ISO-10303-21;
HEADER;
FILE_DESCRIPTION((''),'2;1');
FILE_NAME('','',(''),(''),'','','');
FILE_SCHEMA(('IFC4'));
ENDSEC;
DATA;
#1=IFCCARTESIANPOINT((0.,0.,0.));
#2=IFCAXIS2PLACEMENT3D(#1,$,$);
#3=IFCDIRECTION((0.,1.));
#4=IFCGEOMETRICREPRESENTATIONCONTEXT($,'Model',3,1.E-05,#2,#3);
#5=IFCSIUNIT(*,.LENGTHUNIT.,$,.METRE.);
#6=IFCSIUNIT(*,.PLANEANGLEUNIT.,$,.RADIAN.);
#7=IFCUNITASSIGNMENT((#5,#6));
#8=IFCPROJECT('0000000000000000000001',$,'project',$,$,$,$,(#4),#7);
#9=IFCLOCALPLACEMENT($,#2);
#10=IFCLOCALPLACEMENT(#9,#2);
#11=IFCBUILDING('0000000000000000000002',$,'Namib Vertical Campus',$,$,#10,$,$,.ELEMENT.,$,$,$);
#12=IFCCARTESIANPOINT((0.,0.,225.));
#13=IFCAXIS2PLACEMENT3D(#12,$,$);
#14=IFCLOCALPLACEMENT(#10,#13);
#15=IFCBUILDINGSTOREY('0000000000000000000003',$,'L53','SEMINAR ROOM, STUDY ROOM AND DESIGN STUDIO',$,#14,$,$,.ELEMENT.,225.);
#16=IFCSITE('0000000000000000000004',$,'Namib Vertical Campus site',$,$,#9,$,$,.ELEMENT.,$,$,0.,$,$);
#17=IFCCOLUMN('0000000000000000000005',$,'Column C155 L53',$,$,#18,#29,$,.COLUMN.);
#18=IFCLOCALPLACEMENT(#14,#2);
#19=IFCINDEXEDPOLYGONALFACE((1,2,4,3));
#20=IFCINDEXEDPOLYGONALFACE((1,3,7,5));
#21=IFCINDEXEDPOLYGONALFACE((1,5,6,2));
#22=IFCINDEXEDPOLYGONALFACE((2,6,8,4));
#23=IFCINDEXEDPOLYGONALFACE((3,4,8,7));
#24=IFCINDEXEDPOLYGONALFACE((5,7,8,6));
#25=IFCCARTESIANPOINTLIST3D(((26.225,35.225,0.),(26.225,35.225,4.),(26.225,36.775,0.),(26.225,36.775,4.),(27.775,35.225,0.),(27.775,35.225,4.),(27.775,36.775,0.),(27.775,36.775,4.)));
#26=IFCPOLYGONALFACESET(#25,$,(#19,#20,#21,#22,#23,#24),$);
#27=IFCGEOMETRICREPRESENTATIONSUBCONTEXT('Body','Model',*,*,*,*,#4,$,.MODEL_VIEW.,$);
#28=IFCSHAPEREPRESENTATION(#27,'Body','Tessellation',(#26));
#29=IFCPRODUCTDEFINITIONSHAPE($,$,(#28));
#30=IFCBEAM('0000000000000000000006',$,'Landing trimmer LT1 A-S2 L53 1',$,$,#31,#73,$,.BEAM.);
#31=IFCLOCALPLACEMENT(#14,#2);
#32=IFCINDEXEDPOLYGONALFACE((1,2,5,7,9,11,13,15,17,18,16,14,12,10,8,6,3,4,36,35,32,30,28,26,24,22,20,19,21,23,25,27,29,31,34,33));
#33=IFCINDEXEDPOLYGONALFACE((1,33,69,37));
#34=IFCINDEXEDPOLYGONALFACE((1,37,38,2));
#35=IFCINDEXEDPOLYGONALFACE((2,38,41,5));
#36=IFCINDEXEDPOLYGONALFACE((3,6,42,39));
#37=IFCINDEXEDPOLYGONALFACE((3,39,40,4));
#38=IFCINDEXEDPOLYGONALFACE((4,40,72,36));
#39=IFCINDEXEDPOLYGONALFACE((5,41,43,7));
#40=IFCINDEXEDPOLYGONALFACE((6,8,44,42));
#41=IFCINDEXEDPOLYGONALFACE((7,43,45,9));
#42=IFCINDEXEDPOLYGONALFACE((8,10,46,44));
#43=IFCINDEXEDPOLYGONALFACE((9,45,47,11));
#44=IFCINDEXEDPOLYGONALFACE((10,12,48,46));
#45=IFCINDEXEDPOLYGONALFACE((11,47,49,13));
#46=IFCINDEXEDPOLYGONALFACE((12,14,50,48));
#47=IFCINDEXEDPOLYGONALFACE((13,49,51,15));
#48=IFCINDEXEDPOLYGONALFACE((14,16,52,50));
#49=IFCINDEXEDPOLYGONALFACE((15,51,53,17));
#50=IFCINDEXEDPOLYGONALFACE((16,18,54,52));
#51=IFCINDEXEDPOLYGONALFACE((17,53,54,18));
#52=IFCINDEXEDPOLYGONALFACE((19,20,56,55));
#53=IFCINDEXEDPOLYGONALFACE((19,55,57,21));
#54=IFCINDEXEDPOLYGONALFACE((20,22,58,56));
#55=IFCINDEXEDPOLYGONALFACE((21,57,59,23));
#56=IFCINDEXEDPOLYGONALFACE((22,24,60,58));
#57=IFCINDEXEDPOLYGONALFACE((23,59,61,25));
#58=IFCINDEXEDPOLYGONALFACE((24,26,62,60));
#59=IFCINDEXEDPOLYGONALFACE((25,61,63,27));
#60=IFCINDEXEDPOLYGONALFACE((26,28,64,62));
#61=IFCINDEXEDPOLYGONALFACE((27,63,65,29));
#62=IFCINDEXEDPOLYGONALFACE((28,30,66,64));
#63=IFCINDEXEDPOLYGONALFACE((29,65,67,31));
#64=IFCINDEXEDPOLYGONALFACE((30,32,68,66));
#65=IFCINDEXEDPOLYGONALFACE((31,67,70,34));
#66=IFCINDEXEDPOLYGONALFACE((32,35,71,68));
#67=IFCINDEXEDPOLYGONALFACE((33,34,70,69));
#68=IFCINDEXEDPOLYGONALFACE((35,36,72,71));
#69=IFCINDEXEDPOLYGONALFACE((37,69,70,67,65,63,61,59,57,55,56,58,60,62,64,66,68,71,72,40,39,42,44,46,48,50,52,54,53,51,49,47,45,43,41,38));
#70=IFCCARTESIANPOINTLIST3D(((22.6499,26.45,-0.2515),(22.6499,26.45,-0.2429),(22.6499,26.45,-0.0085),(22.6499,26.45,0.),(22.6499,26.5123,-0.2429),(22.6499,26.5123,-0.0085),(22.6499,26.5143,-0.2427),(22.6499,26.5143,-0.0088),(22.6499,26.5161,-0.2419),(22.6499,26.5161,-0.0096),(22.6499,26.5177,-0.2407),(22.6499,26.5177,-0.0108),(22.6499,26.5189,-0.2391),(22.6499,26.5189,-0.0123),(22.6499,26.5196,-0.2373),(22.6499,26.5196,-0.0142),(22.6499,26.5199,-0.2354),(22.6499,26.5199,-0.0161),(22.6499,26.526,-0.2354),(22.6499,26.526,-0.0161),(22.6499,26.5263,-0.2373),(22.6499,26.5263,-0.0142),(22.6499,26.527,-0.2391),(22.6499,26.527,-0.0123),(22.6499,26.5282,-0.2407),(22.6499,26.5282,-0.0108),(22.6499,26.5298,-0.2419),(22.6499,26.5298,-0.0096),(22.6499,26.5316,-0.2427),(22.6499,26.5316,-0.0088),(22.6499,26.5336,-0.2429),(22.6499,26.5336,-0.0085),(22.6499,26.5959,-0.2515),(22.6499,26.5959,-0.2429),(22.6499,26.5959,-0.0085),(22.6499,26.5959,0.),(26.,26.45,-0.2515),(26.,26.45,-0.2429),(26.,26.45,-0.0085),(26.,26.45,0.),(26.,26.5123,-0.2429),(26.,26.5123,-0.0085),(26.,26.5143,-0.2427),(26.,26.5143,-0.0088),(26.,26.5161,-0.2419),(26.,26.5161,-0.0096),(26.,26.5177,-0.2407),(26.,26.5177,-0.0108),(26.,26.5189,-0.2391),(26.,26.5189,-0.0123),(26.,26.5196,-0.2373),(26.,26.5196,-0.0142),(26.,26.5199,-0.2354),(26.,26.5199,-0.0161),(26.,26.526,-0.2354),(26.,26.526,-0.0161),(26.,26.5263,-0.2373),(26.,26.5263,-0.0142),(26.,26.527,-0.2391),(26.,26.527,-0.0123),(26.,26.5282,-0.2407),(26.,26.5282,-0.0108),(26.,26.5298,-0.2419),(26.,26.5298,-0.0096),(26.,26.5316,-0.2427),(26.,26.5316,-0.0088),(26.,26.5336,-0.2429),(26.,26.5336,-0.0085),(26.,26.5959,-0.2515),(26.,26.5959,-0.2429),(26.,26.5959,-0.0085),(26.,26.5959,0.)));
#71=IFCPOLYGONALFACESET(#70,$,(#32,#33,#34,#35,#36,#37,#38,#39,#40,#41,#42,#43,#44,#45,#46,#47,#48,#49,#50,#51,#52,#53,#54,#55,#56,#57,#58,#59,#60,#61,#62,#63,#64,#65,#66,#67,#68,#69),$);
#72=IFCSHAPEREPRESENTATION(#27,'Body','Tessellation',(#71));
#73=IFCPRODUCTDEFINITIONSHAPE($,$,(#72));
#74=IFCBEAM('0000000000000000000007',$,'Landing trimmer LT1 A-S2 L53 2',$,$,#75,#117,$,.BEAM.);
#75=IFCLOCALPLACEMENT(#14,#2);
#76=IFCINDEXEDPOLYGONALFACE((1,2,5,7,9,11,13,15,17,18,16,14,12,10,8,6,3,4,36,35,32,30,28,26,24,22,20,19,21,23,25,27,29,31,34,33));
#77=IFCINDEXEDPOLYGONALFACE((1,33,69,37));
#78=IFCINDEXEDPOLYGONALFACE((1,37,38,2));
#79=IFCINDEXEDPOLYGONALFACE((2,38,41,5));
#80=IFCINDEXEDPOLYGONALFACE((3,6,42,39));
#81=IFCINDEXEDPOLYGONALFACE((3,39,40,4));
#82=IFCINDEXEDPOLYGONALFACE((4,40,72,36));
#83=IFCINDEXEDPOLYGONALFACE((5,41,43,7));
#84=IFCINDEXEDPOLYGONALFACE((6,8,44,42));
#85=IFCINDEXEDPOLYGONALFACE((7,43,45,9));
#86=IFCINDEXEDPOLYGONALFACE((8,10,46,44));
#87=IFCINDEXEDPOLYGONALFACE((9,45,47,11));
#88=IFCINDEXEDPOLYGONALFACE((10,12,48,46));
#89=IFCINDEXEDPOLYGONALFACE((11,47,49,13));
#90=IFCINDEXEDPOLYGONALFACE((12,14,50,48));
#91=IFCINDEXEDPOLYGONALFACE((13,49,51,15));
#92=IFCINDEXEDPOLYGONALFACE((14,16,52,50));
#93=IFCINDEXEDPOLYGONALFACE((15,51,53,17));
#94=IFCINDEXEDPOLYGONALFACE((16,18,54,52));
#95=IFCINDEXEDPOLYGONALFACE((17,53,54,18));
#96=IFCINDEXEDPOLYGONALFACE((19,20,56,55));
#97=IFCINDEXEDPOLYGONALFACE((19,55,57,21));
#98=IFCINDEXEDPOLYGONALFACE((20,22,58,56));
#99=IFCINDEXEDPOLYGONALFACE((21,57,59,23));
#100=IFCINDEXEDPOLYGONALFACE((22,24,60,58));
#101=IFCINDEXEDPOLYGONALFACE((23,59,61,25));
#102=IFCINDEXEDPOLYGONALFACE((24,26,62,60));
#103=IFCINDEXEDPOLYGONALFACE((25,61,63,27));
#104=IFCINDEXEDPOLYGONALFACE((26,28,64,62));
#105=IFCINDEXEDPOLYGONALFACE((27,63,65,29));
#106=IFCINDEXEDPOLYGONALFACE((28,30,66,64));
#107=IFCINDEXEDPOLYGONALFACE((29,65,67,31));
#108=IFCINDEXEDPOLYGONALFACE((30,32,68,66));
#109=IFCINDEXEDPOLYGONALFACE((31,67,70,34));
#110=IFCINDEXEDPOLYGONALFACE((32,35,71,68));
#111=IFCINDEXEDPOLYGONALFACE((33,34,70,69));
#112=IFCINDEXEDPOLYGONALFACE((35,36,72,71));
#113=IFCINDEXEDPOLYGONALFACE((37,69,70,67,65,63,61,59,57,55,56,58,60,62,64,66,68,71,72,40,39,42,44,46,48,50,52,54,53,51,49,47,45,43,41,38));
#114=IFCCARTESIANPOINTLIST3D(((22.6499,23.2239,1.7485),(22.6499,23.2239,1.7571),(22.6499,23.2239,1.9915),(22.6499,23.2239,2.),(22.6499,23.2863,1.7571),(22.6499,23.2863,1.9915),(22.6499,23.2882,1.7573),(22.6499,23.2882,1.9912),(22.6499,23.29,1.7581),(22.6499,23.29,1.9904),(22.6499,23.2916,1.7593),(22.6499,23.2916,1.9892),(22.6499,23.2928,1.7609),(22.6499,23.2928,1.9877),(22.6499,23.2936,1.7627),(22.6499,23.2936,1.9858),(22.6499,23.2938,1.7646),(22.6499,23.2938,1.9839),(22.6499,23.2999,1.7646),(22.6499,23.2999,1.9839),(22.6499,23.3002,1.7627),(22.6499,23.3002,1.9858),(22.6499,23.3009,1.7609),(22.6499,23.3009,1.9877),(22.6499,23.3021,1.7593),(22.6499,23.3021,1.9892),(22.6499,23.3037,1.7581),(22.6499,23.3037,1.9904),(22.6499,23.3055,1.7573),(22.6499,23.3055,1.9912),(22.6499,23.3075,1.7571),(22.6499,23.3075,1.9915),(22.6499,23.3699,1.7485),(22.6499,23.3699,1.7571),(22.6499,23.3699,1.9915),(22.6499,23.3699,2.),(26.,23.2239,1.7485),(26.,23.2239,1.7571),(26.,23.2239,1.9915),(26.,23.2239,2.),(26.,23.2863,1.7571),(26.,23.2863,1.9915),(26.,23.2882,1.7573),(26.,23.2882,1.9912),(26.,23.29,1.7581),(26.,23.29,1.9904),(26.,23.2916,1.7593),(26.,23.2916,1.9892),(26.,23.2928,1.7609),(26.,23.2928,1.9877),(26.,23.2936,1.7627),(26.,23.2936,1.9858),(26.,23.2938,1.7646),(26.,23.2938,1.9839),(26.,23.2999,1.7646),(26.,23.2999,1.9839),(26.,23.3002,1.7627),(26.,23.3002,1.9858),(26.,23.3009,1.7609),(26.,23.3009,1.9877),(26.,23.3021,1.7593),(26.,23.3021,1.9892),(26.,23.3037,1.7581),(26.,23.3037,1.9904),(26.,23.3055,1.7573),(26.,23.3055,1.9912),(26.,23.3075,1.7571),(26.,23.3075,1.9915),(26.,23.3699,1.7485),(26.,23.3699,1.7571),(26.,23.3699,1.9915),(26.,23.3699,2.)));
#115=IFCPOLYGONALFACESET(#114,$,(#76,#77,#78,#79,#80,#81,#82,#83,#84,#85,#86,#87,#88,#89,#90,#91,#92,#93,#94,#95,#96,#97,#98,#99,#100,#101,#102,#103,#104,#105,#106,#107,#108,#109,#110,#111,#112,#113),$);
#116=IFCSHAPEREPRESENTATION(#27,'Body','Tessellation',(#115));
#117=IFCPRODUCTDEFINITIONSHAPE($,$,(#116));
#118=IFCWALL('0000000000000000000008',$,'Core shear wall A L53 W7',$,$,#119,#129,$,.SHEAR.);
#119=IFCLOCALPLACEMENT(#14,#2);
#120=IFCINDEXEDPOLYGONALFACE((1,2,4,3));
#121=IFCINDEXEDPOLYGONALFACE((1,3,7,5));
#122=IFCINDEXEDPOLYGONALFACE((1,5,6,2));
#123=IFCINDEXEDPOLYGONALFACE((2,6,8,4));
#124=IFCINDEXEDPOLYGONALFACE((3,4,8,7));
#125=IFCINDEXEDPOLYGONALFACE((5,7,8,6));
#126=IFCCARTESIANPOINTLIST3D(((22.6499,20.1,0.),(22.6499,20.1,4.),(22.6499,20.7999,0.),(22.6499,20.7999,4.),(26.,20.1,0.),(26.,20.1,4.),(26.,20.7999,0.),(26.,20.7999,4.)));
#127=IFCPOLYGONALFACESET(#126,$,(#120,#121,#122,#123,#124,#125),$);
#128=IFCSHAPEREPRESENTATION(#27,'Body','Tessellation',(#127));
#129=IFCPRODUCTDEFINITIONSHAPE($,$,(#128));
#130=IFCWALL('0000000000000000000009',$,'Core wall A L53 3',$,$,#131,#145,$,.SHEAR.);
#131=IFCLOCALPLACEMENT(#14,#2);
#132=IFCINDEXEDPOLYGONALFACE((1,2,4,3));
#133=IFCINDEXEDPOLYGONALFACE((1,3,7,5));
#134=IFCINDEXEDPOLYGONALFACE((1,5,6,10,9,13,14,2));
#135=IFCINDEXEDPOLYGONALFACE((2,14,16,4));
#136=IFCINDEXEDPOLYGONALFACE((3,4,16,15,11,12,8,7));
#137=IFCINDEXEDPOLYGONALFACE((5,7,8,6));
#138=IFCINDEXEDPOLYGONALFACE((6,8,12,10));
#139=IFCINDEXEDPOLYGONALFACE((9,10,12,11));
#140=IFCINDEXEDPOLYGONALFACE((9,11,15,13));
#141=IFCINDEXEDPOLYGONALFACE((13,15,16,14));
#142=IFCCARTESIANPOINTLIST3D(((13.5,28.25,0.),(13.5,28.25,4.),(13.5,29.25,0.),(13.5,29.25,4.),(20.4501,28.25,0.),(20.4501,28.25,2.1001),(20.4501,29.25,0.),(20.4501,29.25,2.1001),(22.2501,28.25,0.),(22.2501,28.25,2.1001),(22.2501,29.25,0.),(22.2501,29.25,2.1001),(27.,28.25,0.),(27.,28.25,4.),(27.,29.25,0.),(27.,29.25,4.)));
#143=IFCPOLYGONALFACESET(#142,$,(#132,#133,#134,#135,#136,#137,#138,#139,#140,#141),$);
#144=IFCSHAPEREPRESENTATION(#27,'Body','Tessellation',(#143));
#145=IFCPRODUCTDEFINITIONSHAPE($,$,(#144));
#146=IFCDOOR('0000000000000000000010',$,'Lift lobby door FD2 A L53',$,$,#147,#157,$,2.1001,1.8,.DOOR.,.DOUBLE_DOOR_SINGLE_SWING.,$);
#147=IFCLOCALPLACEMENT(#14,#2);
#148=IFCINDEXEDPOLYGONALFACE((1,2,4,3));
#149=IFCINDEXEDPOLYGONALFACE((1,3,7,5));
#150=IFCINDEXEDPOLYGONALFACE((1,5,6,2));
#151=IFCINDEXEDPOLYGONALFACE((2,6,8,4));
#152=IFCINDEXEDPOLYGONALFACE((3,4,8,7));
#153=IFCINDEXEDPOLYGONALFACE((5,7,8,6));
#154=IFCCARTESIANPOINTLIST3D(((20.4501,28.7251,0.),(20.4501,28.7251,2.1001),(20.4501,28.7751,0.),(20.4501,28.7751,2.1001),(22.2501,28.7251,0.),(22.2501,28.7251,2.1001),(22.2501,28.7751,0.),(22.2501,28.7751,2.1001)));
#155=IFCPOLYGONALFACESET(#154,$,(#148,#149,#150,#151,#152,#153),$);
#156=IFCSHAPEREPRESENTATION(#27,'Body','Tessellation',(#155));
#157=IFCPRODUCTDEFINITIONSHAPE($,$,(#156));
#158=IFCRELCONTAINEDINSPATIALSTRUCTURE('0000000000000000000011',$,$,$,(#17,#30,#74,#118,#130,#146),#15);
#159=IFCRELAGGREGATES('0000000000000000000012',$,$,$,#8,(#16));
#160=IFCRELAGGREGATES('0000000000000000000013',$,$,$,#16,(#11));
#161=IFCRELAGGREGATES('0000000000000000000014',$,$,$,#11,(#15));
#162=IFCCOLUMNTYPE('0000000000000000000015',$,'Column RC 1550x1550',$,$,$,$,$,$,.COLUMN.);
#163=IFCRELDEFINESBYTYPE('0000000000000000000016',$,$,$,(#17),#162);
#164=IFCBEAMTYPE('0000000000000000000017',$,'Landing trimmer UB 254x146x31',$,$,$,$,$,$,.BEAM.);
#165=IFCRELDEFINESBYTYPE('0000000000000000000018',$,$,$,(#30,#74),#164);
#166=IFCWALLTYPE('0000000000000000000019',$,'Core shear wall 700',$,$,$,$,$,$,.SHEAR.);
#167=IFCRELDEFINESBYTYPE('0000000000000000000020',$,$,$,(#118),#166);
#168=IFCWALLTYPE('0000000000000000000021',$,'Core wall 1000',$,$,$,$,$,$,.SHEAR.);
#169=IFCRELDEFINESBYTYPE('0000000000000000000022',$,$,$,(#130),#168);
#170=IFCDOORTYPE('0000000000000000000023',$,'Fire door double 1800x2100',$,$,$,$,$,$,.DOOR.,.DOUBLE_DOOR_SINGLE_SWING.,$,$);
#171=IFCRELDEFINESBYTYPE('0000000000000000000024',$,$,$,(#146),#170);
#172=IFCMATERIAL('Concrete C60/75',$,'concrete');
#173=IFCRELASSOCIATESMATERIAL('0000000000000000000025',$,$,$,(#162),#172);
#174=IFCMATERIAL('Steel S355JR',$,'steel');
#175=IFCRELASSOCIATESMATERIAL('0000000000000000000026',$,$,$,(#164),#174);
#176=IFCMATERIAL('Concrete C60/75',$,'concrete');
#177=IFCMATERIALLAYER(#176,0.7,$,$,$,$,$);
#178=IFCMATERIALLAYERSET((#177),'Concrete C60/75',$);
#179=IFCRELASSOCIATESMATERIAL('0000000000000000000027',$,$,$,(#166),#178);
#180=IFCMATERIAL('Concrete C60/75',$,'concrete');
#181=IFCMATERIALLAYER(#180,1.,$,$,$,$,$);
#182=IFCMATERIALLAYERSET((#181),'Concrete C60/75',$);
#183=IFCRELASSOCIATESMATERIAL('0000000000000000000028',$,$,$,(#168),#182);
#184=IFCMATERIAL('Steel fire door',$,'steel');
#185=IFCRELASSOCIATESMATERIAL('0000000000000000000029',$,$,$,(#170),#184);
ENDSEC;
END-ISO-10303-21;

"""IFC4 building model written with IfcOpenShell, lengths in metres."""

from ifc_helpers import new_model, si_unit, direction, frame, frame_2d, origin, origin_2d, place, context, subcontext, project, spatial, rectangle, i_section, extrude, material, layer, layer_set, material_profile, profile_set, type_object, element, fill, save


model = new_model("IFC4")

# Units and contexts
model_context = context("Model", 3, precision=1e-05, world=origin(), true_north=direction((0.0, 1.0)))
body_context = subcontext(model_context, "Body", "Model", "MODEL_VIEW")
ifc_project = project(units=[si_unit("LENGTHUNIT", "METRE"), si_unit("PLANEANGLEUNIT", "RADIAN")], contexts=[model_context])

# Site, building, storey
site_placement = place(None, origin())
site = spatial("IfcSite", under=ifc_project, at=site_placement, Name="Namib Vertical Campus site", CompositionType="ELEMENT", RefElevation=0.0)
building_placement = place(site_placement, origin())
building = spatial("IfcBuilding", under=site, at=building_placement, Name="Namib Vertical Campus", CompositionType="ELEMENT")
storey_placement = place(building_placement, frame((0.0, 0.0, 225.0)))
storey = spatial("IfcBuildingStorey", under=building, at=storey_placement, Name="L53", Description="SEMINAR ROOM, STUDY ROOM AND DESIGN STUDIO", CompositionType="ELEMENT", Elevation=225.0)

# Column
ifc_material_1 = material(Name="Concrete C60/75", Category="concrete")
ifc_material_profile_1 = material_profile(ifc_material_1, rectangle(XDim=1.55, YDim=1.55, at=origin_2d()))
ifc_profile_set_1 = profile_set([ifc_material_profile_1], Name="Concrete C60/75")
column_type = type_object("IfcColumnType", Name="Column RC 1550x1550", PredefinedType="COLUMN", material=ifc_profile_set_1)
column_placement = place(storey_placement, frame((27.0, 36.0, 0.0), z_axis=(0.0, 0.0, 1.0), x_axis=(1.0, 0.0, 0.0)))
element("IfcColumn", 1, at=column_placement, inside=storey, type_object=column_type, Name="Column C155 L53", PredefinedType="COLUMN", context=body_context, shape_type="SweptSolid", body=[
    extrude(rectangle(XDim=1.55, YDim=1.55, at=origin_2d()), origin(), (0.0, 0.0, 1.0), 4.0),
])

# Beams
ifc_material_2 = material(Name="Steel S355JR", Category="steel")
ifc_material_profile_2 = material_profile(ifc_material_2, i_section(OverallWidth=0.146, OverallDepth=0.2515, WebThickness=0.0061, FlangeThickness=0.0085, FilletRadius=0.0076, at=origin_2d()))
ifc_profile_set_2 = profile_set([ifc_material_profile_2], Name="Steel S355JR")
beam_type = type_object("IfcBeamType", Name="Landing trimmer UB 254x146x31", PredefinedType="BEAM", material=ifc_profile_set_2)
for number, where, z_axis, x_axis, name in (
    (2, (22.6499, 26.5229, -0.1257), (1.0, 0.0, 0.0), (0.0, 1.0, 0.0), "Landing trimmer LT1 A-S2 L53 1"),
    (3, (22.6499, 23.2969, 1.8743), (1.0, 0.0, 0.0), (0.0, 1.0, 0.0), "Landing trimmer LT1 A-S2 L53 2"),
):
    element("IfcBeam", number, at=place(storey_placement, frame(where, z_axis=z_axis, x_axis=x_axis)), inside=storey, type_object=beam_type, Name=name, PredefinedType="BEAM", context=body_context, shape_type="SweptSolid", body=[
        extrude(i_section(OverallWidth=0.146, OverallDepth=0.2515, WebThickness=0.0061, FlangeThickness=0.0085, FilletRadius=0.0076, at=origin_2d()), origin(), (0.0, 0.0, 1.0), 3.3501),
    ])

# Wall
ifc_material_3 = material(Name="Concrete C60/75", Category="concrete")
ifc_layer_1 = layer(ifc_material_3, 0.7)
ifc_layer_set_1 = layer_set([ifc_layer_1], Name="Concrete C60/75")
wall_type_1 = type_object("IfcWallType", Name="Core shear wall 700", PredefinedType="SHEAR", material=ifc_layer_set_1)
wall_1_placement = place(storey_placement, frame((22.6499, 20.45, 0.0), z_axis=(0.0, 0.0, 1.0), x_axis=(1.0, 0.0, 0.0)))
element("IfcWall", 4, at=wall_1_placement, inside=storey, type_object=wall_type_1, Name="Core shear wall A L53 W7", PredefinedType="SHEAR", context=body_context, shape_type="SweptSolid", body=[
    extrude(rectangle(XDim=3.3501, YDim=0.7, at=frame_2d((1.675, 0.0))), origin(), (0.0, 0.0, 1.0), 4.0),
])

# Wall, opening, door
ifc_material_4 = material(Name="Concrete C60/75", Category="concrete")
ifc_layer_2 = layer(ifc_material_4, 1.0)
ifc_layer_set_2 = layer_set([ifc_layer_2], Name="Concrete C60/75")
wall_type_2 = type_object("IfcWallType", Name="Core wall 1000", PredefinedType="SHEAR", material=ifc_layer_set_2)
wall_2_placement = place(storey_placement, frame((27.0, 28.75, 0.0), z_axis=(0.0, 0.0, 1.0), x_axis=(-1.0, 0.0, 0.0)))
wall_2 = element("IfcWall", 5, at=wall_2_placement, inside=storey, type_object=wall_type_2, Name="Core wall A L53 3", PredefinedType="SHEAR", context=body_context, shape_type="SweptSolid", body=[
    extrude(rectangle(XDim=13.5, YDim=1.0, at=frame_2d((6.75, 0.0))), origin(), (0.0, 0.0, 1.0), 4.0),
])
opening_1_placement = place(wall_2_placement, frame((4.75, 0.0, 0.0)))
opening_1 = element("IfcOpeningElement", 6, at=opening_1_placement, cuts=wall_2, PredefinedType="OPENING", context=body_context, shape_type="SweptSolid", body=[
    extrude(rectangle(XDim=1.8, YDim=2.1001, at=frame_2d((0.8999, 1.05))), frame((0.0, 0.51, 0.0), z_axis=(0.0, -1.0, 0.0), x_axis=(1.0, 0.0, 0.0)), (0.0, 0.0, 1.0), 1.02),
])
ifc_material_5 = material(Name="Steel fire door", Category="steel")
door_type_1 = type_object("IfcDoorType", Name="Fire door double 1800x2100", OperationType="DOUBLE_DOOR_SINGLE_SWING", PredefinedType="DOOR", material=ifc_material_5)
door_1_placement = place(opening_1_placement, origin())
door_1 = element("IfcDoor", 7, at=door_1_placement, inside=storey, type_object=door_type_1, Name="Lift lobby door FD2 A L53", OperationType="DOUBLE_DOOR_SINGLE_SWING", OverallHeight=2.1001, OverallWidth=1.8, PredefinedType="DOOR", context=body_context, shape_type="SweptSolid", body=[
    extrude(rectangle(XDim=1.8, YDim=2.1001, at=frame_2d((0.8999, 1.05))), frame((0.0, 0.0249, 0.0), z_axis=(0.0, -1.0, 0.0), x_axis=(1.0, 0.0, 0.0)), (0.0, 0.0, 1.0), 0.05),
])
fill(opening_1, door_1)

save(model, "model.ifc")
